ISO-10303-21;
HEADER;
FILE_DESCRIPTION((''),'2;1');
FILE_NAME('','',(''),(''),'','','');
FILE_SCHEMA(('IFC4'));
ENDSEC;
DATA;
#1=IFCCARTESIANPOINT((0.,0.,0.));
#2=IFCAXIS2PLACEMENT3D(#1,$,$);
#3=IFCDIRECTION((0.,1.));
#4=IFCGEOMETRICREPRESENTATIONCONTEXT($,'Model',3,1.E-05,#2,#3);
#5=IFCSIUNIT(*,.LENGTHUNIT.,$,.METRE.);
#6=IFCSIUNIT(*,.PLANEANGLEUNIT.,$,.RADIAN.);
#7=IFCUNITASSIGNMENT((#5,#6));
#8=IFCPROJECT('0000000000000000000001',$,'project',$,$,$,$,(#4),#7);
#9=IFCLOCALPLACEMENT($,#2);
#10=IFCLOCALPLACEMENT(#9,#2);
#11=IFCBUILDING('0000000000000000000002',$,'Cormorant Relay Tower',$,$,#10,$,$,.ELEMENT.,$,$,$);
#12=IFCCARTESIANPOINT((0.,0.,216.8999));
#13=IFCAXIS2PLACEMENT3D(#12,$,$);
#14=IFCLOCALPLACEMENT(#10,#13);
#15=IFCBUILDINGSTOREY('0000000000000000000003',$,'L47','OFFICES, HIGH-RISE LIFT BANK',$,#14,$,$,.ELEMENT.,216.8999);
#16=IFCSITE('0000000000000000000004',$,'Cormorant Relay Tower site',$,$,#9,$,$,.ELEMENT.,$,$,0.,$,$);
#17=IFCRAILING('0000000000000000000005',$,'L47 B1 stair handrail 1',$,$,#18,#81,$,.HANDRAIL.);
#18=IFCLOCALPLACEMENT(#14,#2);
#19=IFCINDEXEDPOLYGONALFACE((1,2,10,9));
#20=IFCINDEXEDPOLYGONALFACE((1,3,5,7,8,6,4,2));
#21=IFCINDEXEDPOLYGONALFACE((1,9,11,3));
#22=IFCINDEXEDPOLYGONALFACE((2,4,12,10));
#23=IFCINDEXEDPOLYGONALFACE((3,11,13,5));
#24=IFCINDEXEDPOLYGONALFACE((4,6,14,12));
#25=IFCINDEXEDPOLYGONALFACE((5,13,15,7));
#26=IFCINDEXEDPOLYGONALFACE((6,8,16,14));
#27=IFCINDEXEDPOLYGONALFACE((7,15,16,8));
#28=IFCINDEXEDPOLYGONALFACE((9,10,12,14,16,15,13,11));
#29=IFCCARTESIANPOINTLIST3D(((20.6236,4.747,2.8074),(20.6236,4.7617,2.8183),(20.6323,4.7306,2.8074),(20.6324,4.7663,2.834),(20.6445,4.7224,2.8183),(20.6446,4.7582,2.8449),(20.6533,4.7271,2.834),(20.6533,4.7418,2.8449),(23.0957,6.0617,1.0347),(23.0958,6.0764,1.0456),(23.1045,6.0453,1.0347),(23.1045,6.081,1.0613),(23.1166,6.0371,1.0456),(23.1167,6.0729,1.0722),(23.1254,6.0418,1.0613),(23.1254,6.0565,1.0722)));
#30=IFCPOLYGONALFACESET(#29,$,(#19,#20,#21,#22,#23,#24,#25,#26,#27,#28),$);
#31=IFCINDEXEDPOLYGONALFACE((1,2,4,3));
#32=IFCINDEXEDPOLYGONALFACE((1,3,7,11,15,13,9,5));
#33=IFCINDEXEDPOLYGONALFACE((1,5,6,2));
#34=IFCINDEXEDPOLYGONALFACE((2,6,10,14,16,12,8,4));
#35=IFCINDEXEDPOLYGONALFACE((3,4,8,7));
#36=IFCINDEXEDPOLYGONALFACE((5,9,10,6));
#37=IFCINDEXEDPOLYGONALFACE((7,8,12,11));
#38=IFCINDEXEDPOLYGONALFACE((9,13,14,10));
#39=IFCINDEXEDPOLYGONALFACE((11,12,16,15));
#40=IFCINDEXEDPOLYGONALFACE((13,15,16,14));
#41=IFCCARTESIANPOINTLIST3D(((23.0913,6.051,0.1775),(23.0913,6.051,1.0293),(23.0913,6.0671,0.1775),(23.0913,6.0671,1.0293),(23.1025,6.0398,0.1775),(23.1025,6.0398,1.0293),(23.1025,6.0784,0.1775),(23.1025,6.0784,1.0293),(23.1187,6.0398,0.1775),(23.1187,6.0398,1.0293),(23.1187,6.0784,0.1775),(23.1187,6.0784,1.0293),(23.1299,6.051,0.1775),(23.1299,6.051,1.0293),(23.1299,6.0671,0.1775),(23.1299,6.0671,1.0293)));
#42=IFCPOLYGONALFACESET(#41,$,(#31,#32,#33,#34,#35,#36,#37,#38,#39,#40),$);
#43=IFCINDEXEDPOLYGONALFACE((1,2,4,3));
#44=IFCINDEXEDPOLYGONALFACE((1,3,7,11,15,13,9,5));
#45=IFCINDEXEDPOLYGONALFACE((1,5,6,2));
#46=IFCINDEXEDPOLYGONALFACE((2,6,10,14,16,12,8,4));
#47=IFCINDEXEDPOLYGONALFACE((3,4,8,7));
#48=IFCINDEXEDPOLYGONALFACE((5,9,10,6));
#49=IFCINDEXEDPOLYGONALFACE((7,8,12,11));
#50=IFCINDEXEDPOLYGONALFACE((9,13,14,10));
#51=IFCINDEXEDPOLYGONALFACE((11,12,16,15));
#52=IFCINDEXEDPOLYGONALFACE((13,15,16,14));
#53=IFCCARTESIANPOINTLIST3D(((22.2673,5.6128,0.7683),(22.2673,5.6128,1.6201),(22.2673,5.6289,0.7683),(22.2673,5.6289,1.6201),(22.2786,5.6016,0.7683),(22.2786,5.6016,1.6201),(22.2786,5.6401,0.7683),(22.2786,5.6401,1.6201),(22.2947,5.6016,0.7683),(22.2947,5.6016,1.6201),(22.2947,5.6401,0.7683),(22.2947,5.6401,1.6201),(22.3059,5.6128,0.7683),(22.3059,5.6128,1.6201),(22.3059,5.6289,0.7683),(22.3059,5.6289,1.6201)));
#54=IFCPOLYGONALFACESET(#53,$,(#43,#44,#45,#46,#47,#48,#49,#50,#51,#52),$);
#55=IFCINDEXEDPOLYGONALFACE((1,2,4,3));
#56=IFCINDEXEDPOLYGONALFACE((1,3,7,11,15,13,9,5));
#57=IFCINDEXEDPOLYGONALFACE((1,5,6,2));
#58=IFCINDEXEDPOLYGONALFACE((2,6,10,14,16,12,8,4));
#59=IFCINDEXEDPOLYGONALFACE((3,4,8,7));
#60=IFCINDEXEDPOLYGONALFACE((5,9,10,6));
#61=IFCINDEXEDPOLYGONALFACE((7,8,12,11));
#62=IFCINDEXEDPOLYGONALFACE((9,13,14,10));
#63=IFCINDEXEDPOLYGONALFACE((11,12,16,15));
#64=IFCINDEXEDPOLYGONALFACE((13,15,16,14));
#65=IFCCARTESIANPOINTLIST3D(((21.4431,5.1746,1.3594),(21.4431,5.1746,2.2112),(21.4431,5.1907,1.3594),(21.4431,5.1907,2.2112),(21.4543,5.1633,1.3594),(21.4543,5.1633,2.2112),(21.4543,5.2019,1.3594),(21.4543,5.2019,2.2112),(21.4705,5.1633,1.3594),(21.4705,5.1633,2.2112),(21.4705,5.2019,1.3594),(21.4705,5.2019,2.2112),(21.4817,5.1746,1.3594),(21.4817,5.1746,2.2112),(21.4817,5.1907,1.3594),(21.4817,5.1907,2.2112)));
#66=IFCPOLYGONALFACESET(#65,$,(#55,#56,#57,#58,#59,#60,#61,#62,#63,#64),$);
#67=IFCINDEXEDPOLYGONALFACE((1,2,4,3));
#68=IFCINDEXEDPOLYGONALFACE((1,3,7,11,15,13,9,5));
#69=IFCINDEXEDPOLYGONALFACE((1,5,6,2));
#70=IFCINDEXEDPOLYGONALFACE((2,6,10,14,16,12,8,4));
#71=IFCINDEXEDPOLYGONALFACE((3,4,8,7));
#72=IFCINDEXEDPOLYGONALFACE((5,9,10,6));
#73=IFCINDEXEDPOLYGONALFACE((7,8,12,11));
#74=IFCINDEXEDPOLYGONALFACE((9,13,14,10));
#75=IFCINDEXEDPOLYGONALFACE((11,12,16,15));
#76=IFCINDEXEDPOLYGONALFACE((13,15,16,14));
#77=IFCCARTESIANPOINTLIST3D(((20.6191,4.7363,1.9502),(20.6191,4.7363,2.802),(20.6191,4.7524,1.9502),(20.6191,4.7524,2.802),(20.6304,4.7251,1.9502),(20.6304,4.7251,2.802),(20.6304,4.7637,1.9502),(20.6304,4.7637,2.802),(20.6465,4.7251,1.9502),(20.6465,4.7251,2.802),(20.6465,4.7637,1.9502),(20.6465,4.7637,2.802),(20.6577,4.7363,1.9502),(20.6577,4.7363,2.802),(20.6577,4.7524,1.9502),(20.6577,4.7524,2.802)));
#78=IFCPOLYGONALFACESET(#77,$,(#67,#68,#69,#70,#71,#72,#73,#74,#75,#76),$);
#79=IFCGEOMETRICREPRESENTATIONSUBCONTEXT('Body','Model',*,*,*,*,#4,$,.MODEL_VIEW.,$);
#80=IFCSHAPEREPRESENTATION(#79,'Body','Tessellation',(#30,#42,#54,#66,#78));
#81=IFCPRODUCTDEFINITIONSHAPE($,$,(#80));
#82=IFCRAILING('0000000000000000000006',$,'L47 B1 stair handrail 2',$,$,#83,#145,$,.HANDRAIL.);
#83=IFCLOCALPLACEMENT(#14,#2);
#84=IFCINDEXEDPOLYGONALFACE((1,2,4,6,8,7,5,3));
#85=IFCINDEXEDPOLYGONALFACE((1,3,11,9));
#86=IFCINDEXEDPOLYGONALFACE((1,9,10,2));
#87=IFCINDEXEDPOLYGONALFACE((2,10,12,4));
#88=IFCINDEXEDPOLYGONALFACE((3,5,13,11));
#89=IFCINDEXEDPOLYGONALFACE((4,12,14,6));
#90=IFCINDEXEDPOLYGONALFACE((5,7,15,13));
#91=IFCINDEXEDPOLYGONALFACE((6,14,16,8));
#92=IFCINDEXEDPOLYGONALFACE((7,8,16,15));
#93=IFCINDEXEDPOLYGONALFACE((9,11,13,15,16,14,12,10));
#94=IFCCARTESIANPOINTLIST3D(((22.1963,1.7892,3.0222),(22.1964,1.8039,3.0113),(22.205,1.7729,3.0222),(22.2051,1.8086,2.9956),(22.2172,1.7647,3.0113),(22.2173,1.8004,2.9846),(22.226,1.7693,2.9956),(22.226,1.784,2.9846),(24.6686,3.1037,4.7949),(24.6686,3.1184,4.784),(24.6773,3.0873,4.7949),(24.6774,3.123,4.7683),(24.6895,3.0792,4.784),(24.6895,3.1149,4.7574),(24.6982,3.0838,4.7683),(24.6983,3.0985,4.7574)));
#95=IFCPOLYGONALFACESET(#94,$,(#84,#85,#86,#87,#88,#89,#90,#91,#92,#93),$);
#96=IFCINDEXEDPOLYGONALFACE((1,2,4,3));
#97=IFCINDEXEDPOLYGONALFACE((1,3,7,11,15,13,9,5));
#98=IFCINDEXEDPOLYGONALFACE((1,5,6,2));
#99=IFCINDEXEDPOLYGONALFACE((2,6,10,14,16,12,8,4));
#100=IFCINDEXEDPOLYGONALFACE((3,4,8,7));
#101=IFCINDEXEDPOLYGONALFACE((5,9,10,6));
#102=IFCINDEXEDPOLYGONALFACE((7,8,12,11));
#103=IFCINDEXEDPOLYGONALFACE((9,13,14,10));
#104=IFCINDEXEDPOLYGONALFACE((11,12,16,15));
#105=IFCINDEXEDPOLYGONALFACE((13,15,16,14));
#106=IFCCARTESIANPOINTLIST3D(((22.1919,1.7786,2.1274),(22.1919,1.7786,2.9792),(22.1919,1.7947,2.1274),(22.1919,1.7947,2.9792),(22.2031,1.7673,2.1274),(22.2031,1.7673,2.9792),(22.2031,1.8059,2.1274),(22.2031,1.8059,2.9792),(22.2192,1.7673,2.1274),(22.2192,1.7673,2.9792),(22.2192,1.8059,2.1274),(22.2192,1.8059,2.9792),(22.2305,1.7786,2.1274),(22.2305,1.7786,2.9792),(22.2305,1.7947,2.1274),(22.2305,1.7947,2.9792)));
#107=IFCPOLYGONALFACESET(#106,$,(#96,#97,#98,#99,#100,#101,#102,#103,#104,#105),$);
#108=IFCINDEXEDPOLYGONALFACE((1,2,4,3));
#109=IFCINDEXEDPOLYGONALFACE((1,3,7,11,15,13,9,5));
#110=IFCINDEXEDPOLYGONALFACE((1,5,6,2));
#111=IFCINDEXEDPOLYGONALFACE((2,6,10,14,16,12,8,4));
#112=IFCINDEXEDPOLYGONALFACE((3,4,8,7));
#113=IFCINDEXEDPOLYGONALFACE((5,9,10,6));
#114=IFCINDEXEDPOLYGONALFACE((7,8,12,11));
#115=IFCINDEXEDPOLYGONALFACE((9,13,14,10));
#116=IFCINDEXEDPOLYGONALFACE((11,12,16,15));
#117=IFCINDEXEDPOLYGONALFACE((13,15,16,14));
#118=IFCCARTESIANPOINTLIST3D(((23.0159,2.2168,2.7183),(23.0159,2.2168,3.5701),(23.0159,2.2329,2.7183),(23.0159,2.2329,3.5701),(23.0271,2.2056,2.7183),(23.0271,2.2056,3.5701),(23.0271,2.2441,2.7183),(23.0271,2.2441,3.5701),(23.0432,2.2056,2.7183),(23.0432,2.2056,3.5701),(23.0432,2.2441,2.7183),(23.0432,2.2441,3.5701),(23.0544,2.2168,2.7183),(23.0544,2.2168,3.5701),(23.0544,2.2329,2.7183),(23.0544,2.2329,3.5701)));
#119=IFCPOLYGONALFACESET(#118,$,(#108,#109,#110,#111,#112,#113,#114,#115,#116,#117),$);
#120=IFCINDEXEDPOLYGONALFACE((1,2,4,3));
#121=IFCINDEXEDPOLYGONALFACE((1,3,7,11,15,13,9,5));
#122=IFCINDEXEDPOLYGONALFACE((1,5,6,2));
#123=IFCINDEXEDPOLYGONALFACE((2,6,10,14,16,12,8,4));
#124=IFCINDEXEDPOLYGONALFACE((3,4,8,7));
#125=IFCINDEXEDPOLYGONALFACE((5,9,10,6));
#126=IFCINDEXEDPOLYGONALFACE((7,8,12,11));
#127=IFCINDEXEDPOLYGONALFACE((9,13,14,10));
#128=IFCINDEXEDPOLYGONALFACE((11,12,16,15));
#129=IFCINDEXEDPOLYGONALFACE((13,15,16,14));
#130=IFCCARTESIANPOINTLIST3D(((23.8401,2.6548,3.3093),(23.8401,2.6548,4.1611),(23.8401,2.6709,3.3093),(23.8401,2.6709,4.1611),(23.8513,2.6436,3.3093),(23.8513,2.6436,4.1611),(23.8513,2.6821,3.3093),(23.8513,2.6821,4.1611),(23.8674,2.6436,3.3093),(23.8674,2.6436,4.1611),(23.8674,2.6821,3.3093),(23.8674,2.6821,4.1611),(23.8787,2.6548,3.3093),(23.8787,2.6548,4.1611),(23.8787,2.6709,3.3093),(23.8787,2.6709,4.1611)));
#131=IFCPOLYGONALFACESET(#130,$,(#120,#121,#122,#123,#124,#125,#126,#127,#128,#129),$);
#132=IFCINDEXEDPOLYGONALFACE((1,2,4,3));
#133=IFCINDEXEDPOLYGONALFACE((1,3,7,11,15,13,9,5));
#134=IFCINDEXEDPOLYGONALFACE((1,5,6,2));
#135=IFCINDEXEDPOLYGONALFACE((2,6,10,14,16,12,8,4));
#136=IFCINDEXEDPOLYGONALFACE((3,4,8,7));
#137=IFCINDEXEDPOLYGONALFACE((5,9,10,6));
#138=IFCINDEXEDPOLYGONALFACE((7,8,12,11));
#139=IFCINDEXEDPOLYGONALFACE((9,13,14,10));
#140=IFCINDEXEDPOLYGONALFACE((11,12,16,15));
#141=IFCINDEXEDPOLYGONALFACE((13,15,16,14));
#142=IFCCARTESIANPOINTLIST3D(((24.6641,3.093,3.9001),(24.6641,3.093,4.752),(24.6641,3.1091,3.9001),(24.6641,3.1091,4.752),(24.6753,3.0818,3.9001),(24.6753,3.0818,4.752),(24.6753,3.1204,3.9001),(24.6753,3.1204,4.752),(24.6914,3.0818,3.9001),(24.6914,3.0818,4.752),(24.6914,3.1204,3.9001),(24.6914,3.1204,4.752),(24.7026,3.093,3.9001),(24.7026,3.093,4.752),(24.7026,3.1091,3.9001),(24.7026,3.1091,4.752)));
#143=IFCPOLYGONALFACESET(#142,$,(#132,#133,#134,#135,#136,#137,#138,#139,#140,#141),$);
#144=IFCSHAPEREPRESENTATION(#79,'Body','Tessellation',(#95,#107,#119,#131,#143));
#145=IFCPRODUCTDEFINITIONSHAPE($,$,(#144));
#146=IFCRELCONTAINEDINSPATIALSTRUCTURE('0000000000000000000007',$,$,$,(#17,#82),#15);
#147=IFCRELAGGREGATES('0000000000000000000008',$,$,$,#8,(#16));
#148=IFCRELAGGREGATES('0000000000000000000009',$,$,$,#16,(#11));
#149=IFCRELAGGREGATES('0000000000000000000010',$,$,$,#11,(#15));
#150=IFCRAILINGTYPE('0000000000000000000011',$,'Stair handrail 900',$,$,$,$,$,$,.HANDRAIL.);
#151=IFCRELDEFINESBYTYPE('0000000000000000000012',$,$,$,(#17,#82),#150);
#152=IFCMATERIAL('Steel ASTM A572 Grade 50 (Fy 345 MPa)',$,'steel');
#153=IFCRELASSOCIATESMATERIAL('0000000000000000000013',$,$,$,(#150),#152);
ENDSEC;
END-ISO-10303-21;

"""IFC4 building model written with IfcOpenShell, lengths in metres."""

from ifc_helpers import new_model, si_unit, direction, frame, origin, place, context, subcontext, project, spatial, polyline, outline, extrude, material, type_object, element, save


model = new_model("IFC4")

# Units and contexts
model_context = context("Model", 3, precision=1e-05, world=origin(), true_north=direction((0.0, 1.0)))
body_context = subcontext(model_context, "Body", "Model", "MODEL_VIEW")
ifc_project = project(units=[si_unit("LENGTHUNIT", "METRE"), si_unit("PLANEANGLEUNIT", "RADIAN")], contexts=[model_context])

# Site, building, storey
site_placement = place(None, origin())
site = spatial("IfcSite", under=ifc_project, at=site_placement, Name="Cormorant Relay Tower site", CompositionType="ELEMENT", RefElevation=0.0)
building_placement = place(site_placement, origin())
building = spatial("IfcBuilding", under=site, at=building_placement, Name="Cormorant Relay Tower", CompositionType="ELEMENT")
storey_placement = place(building_placement, frame((0.0, 0.0, 216.8999)))
storey = spatial("IfcBuildingStorey", under=building, at=storey_placement, Name="L47", Description="OFFICES, HIGH-RISE LIFT BANK", CompositionType="ELEMENT", Elevation=216.8999)

# Railings
ifc_material_1 = material(Name="Steel ASTM A572 Grade 50 (Fy 345 MPa)", Category="steel")
railing_type_1 = type_object("IfcRailingType", Name="Stair handrail 900", PredefinedType="HANDRAIL", material=ifc_material_1)
railing_1_placement = place(storey_placement, frame((23.1106, 6.0591, 0.1775)))
element("IfcRailing", 1, at=railing_1_placement, inside=storey, type_object=railing_type_1, Name="L47 B1 stair handrail 1", PredefinedType="HANDRAIL", context=body_context, shape_type="SweptSolid", body=[
    extrude(outline(polyline([(0.0222, 0.0093), (0.0093, 0.0222), (-0.0093, 0.0222), (-0.0222, 0.0093), (-0.0222, -0.0093), (-0.0093, -0.0222), (0.0093, -0.0222), (0.0222, -0.0093), (0.0222, 0.0093)])), frame((0.0, 0.0, 0.876), z_axis=(-0.745979, -0.396711, 0.534916), x_axis=(0.469533, -0.882915, 0.0)), (0.0, 0.0, 1.0), 3.314),
    extrude(outline(polyline([(0.0193, 0.0081), (0.0081, 0.0193), (-0.0081, 0.0193), (-0.0193, 0.0081), (-0.0193, -0.0081), (-0.0081, -0.0193), (0.0081, -0.0193), (0.0193, -0.0081), (0.0193, 0.0081)])), origin(), (0.0, 0.0, 1.0), 0.8518),
    extrude(outline(polyline([(0.0193, 0.0081), (0.0081, 0.0193), (-0.0081, 0.0193), (-0.0193, 0.0081), (-0.0193, -0.0081), (-0.0081, -0.0193), (0.0081, -0.0193), (0.0193, -0.0081), (0.0193, 0.0081)])), frame((-0.824, -0.4382, 0.5908)), (0.0, 0.0, 1.0), 0.8518),
    extrude(outline(polyline([(0.0193, 0.0081), (0.0081, 0.0193), (-0.0081, 0.0193), (-0.0193, 0.0081), (-0.0193, -0.0081), (-0.0081, -0.0193), (0.0081, -0.0193), (0.0193, -0.0081), (0.0193, 0.0081)])), frame((-1.6482, -0.8765, 1.1819)), (0.0, 0.0, 1.0), 0.8518),
    extrude(outline(polyline([(0.0193, 0.0081), (0.0081, 0.0193), (-0.0081, 0.0193), (-0.0193, 0.0081), (-0.0193, -0.0081), (-0.0081, -0.0193), (0.0081, -0.0193), (0.0193, -0.0081), (0.0193, 0.0081)])), frame((-2.4722, -1.3147, 1.7727)), (0.0, 0.0, 1.0), 0.8518),
])
railing_2_placement = place(storey_placement, frame((22.2112, 1.7866, 2.1274)))
element("IfcRailing", 2, at=railing_2_placement, inside=storey, type_object=railing_type_1, Name="L47 B1 stair handrail 2", PredefinedType="HANDRAIL", context=body_context, shape_type="SweptSolid", body=[
    extrude(outline(polyline([(0.0222, 0.0093), (0.0093, 0.0222), (-0.0093, 0.0222), (-0.0222, 0.0093), (-0.0222, -0.0093), (-0.0093, -0.0222), (0.0093, -0.0222), (0.0222, -0.0093), (0.0222, 0.0093)])), frame((0.0, 0.0, 0.876), z_axis=(0.746001, 0.396649, 0.534931), x_axis=(-0.469465, 0.882951, 0.0)), (0.0, 0.0, 1.0), 3.314),
    extrude(outline(polyline([(0.0193, 0.0081), (0.0081, 0.0193), (-0.0081, 0.0193), (-0.0193, 0.0081), (-0.0193, -0.0081), (-0.0081, -0.0193), (0.0081, -0.0193), (0.0193, -0.0081), (0.0193, 0.0081)])), origin(), (0.0, 0.0, 1.0), 0.8518),
    extrude(outline(polyline([(0.0193, 0.0081), (0.0081, 0.0193), (-0.0081, 0.0193), (-0.0193, 0.0081), (-0.0193, -0.0081), (-0.0081, -0.0193), (0.0081, -0.0193), (0.0193, -0.0081), (0.0193, 0.0081)])), frame((0.824, 0.4382, 0.5908)), (0.0, 0.0, 1.0), 0.8518),
    extrude(outline(polyline([(0.0193, 0.0081), (0.0081, 0.0193), (-0.0081, 0.0193), (-0.0193, 0.0081), (-0.0193, -0.0081), (-0.0081, -0.0193), (0.0081, -0.0193), (0.0193, -0.0081), (0.0193, 0.0081)])), frame((1.6482, 0.8762, 1.1819)), (0.0, 0.0, 1.0), 0.8518),
    extrude(outline(polyline([(0.0193, 0.0081), (0.0081, 0.0193), (-0.0081, 0.0193), (-0.0193, 0.0081), (-0.0193, -0.0081), (-0.0081, -0.0193), (0.0081, -0.0193), (0.0193, -0.0081), (0.0193, 0.0081)])), frame((2.4722, 1.3145, 1.7727)), (0.0, 0.0, 1.0), 0.8518),
])

save(model, "model.ifc")
